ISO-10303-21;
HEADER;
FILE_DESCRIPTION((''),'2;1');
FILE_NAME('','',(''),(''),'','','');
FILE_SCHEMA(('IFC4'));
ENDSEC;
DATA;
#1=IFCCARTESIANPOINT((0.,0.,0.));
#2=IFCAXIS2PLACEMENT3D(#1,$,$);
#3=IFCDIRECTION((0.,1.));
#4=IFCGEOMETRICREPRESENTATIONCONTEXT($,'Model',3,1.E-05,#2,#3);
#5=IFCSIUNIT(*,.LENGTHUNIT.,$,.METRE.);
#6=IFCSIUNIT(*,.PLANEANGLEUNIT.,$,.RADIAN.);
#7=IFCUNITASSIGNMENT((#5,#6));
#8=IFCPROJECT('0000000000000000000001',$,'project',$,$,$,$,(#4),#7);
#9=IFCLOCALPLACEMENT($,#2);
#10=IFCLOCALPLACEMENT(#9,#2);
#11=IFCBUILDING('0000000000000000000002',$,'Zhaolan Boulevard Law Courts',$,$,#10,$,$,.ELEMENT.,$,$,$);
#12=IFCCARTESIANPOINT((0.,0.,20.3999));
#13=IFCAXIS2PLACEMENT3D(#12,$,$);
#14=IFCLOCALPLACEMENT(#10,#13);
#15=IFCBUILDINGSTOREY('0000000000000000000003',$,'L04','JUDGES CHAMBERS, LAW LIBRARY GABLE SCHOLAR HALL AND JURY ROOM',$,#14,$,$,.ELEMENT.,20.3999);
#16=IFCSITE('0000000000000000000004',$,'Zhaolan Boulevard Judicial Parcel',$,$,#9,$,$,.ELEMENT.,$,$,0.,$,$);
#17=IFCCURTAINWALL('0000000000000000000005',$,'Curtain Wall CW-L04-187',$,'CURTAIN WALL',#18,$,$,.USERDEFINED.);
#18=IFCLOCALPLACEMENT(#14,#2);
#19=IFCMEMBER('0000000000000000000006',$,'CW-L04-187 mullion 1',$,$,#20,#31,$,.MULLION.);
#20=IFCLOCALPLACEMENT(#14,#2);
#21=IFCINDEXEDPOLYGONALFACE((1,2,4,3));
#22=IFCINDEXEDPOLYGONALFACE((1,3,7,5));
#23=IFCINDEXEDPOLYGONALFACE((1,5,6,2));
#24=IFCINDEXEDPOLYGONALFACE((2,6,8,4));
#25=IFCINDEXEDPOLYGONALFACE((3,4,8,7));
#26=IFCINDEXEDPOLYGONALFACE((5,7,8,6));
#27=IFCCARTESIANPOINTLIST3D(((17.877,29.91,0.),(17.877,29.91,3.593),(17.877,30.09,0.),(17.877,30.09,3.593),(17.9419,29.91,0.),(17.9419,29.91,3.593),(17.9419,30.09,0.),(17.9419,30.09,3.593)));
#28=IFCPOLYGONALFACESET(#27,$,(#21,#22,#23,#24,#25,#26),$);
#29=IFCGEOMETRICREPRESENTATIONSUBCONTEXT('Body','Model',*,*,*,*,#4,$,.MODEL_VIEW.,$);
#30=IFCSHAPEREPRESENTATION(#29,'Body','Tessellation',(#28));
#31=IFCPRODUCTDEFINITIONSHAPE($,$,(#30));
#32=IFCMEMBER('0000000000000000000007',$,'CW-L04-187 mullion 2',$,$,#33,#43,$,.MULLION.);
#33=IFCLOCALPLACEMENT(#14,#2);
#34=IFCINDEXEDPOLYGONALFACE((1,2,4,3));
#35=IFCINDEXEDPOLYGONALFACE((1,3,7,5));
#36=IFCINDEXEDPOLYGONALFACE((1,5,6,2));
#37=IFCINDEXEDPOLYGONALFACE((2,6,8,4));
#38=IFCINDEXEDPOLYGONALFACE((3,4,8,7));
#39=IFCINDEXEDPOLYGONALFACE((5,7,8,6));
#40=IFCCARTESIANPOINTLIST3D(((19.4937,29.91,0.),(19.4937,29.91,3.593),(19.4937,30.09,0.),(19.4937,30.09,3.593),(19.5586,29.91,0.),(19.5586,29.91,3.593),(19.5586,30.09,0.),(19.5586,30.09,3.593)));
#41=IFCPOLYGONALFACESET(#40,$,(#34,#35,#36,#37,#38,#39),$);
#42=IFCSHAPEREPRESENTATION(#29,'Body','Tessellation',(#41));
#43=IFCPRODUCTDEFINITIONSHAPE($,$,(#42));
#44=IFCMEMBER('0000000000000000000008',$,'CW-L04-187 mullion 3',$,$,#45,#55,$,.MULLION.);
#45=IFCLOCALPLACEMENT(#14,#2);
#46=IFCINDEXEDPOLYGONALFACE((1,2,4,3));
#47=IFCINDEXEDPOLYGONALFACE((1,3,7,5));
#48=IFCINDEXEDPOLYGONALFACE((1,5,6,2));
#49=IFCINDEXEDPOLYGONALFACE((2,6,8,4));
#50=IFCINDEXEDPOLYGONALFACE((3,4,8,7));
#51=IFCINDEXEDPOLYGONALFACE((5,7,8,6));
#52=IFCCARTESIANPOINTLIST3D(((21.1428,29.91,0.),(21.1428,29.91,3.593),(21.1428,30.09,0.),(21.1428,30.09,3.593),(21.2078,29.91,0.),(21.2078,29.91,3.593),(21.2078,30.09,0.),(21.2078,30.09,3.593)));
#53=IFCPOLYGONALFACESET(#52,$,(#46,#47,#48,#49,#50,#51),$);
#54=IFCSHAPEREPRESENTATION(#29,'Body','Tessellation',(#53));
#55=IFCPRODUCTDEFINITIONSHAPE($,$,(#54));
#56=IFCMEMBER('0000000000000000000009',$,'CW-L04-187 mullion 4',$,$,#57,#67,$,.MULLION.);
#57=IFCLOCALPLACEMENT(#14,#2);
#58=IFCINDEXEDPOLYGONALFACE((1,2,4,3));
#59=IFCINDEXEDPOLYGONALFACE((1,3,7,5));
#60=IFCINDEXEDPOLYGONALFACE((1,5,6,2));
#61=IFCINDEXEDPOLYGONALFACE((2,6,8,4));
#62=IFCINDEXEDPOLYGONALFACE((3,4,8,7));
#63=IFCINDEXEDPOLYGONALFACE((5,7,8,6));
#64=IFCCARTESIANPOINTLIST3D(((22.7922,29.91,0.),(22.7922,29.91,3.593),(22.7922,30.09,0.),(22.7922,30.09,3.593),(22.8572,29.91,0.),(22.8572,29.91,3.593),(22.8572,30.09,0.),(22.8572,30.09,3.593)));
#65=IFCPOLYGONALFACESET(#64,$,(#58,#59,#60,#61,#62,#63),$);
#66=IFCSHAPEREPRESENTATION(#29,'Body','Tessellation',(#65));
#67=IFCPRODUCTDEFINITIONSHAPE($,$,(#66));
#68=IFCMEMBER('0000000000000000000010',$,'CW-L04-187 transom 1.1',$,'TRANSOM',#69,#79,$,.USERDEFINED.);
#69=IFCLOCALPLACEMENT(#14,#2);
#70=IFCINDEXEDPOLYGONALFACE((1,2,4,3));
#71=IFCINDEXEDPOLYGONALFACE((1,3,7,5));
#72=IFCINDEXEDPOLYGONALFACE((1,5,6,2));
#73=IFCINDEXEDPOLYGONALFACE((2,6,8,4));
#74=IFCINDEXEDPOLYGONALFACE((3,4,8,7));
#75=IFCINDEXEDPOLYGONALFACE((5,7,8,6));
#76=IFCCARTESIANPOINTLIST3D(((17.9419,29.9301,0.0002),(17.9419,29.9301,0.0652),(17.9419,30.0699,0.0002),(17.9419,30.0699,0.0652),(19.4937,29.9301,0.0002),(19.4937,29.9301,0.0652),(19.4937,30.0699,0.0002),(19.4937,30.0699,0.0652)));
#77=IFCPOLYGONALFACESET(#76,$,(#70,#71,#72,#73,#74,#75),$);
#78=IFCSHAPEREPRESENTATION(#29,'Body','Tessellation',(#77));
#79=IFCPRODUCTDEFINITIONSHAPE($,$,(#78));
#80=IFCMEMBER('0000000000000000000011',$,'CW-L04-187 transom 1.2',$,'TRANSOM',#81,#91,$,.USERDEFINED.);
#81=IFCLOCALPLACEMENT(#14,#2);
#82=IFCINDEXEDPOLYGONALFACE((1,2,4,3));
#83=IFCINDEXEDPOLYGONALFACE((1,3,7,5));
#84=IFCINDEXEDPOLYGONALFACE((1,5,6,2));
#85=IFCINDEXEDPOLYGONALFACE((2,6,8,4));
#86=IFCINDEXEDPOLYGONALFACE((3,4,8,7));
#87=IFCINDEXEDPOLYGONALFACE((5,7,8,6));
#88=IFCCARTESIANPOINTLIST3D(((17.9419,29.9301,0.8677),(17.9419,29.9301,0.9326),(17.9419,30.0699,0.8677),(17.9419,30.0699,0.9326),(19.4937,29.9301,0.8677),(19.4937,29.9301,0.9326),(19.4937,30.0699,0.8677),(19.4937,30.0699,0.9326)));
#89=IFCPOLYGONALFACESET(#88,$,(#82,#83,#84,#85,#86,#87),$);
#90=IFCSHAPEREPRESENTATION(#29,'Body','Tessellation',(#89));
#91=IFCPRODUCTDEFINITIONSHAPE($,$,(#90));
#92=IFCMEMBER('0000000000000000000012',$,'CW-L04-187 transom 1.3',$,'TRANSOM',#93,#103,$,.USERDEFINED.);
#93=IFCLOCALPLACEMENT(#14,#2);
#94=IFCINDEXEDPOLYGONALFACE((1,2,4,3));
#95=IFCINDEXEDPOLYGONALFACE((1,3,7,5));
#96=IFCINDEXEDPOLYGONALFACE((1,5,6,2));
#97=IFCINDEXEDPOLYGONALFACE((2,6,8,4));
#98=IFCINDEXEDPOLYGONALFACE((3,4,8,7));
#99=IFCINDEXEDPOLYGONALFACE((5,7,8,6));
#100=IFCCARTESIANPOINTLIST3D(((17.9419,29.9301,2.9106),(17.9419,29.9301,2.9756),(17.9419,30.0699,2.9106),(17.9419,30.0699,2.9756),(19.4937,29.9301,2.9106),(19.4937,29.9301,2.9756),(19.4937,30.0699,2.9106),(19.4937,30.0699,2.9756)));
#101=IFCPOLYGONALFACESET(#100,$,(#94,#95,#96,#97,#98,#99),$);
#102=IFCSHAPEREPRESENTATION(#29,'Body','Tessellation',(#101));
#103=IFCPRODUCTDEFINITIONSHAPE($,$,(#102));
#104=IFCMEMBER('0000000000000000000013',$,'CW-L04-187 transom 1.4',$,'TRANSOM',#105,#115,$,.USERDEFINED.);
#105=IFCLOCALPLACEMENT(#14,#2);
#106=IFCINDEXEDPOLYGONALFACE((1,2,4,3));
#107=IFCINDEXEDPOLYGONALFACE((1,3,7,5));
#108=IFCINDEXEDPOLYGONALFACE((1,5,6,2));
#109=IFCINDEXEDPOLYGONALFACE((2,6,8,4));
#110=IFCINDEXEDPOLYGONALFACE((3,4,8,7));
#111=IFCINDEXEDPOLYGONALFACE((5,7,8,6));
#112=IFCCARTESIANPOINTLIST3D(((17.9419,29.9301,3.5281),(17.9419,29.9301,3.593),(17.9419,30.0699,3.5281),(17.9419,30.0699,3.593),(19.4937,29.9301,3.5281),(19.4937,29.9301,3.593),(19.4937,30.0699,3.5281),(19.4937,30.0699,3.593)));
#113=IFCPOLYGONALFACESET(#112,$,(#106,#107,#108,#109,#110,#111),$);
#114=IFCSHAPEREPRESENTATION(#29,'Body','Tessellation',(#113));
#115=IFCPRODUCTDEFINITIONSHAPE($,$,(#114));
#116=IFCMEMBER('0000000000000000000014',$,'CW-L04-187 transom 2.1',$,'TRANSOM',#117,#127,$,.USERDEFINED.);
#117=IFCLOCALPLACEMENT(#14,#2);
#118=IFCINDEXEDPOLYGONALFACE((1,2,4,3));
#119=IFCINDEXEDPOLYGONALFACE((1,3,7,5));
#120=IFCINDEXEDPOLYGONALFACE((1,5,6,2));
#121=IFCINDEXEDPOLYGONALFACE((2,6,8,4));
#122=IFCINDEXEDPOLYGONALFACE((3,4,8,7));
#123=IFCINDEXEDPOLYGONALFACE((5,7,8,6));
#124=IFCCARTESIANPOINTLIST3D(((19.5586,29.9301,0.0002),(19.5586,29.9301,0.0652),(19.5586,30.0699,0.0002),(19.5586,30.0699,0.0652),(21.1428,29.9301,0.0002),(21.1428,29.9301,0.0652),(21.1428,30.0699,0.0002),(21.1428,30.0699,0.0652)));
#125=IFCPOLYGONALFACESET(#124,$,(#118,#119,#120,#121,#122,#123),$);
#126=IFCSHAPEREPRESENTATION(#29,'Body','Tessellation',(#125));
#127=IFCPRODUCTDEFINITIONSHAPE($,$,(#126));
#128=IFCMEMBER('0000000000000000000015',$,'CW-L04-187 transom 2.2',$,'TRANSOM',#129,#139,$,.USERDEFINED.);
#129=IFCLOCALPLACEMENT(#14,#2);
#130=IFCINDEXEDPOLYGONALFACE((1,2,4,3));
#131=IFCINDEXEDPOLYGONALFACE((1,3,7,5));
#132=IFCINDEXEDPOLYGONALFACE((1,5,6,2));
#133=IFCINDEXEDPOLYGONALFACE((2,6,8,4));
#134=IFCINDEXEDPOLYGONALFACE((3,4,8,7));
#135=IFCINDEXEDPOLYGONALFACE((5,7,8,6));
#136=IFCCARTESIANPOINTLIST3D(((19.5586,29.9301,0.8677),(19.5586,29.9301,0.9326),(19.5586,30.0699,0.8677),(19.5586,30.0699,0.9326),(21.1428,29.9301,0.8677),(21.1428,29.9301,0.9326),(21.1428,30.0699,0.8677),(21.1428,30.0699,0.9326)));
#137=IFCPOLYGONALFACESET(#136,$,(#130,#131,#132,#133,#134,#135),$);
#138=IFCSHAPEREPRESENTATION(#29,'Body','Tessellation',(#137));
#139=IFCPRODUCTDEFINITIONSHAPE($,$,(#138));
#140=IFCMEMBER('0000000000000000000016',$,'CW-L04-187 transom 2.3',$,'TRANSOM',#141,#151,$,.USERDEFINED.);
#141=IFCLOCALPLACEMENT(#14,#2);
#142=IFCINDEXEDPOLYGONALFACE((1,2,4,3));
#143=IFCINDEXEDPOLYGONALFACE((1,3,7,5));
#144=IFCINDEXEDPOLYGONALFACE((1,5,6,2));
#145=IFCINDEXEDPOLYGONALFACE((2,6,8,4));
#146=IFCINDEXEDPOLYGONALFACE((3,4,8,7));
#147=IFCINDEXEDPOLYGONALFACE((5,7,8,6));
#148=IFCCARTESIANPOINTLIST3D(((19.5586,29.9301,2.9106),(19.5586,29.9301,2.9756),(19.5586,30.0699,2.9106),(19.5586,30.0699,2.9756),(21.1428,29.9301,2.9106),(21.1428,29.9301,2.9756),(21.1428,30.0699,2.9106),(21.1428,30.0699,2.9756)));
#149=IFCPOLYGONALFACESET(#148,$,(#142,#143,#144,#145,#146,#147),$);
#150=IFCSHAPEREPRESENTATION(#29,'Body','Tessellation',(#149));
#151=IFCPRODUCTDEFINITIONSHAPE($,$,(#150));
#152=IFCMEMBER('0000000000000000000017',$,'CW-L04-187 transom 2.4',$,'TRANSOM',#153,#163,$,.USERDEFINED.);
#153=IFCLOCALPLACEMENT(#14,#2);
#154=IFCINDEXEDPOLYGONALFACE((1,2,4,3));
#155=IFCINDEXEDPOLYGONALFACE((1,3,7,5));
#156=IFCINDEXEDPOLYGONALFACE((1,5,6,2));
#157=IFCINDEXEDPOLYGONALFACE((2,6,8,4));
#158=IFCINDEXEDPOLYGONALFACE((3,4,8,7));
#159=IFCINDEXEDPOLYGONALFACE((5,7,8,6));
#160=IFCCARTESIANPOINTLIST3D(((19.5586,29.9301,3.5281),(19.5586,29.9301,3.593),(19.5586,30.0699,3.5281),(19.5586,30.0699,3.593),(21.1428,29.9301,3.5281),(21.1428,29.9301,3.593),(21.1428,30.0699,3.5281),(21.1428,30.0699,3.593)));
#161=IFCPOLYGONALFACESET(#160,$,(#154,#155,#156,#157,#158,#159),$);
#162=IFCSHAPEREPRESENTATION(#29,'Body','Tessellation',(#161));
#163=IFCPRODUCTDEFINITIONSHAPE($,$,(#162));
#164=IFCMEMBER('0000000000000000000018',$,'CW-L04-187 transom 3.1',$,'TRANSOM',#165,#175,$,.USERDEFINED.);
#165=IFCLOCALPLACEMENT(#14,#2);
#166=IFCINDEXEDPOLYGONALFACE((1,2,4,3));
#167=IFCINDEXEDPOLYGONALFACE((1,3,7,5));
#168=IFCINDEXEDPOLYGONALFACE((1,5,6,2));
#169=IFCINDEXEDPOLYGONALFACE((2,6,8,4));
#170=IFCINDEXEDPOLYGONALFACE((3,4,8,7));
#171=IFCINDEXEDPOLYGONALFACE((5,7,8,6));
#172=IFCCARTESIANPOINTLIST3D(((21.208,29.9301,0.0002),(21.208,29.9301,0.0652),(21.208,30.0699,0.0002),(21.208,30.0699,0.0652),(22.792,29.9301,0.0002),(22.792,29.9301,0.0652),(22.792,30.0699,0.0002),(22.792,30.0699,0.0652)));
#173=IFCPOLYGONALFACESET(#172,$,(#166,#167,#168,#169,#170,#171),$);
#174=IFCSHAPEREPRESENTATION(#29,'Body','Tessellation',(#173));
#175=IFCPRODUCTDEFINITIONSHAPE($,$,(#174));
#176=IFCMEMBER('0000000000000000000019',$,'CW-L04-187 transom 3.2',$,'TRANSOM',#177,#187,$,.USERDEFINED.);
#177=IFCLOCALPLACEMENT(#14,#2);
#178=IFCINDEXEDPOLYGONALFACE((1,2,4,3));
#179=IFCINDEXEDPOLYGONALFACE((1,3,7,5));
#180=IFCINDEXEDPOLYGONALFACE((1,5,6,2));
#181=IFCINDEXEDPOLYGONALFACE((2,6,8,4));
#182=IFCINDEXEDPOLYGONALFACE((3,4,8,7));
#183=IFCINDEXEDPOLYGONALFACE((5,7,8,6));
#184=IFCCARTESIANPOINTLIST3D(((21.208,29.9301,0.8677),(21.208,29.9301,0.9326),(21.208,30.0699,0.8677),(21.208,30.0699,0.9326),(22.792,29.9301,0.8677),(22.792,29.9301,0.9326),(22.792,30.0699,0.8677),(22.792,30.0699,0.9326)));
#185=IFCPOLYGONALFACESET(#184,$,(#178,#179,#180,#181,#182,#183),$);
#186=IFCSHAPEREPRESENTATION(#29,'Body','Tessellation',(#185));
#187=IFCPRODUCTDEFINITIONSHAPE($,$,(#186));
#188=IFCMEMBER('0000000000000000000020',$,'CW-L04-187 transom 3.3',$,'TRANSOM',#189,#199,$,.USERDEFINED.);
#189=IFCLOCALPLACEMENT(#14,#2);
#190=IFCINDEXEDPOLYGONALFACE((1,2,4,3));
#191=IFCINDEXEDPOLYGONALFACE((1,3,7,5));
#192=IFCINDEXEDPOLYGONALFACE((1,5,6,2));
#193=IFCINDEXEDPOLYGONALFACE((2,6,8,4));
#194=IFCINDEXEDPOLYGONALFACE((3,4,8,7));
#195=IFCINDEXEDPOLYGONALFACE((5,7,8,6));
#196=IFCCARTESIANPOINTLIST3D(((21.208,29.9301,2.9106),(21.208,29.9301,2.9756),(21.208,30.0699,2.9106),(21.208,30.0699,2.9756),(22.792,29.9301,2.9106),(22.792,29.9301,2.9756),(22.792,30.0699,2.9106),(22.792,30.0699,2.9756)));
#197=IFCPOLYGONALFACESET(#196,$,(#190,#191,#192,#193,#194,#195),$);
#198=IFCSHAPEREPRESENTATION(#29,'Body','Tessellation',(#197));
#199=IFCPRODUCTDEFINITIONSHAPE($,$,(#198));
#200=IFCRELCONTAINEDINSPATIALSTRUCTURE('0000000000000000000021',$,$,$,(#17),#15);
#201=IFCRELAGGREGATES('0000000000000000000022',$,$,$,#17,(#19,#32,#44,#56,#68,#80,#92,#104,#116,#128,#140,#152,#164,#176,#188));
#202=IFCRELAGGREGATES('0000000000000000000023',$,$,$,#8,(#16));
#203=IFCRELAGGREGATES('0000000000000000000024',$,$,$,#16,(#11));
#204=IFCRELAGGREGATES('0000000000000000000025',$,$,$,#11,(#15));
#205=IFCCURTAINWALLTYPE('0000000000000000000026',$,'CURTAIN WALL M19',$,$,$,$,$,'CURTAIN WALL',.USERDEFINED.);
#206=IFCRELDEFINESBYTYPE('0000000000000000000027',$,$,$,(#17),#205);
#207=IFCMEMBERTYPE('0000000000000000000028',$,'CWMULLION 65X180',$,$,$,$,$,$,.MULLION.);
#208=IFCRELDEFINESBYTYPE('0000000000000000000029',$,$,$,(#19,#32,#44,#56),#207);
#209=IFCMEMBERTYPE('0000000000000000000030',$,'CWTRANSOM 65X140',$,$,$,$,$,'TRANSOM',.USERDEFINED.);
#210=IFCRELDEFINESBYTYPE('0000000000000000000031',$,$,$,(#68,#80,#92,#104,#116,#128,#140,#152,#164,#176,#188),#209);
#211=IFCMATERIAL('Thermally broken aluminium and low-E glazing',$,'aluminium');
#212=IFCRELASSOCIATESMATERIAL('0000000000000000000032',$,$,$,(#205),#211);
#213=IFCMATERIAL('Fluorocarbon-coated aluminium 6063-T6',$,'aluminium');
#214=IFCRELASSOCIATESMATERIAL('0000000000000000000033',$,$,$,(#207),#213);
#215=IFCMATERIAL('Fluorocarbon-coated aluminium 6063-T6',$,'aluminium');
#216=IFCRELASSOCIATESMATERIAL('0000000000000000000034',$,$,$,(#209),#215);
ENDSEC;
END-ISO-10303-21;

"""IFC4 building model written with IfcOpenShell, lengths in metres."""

from ifc_helpers import new_model, si_unit, direction, frame, origin, origin_2d, place, context, subcontext, project, spatial, rectangle, extrude, material, material_profile, profile_set, type_object, element, aggregate, save


model = new_model("IFC4")

# Units and contexts
model_context = context("Model", 3, precision=1e-05, world=origin(), true_north=direction((0.0, 1.0)))
body_context = subcontext(model_context, "Body", "Model", "MODEL_VIEW")
ifc_project = project(units=[si_unit("LENGTHUNIT", "METRE"), si_unit("PLANEANGLEUNIT", "RADIAN")], contexts=[model_context])

# Site, building, storey
site_placement = place(None, origin())
site = spatial("IfcSite", under=ifc_project, at=site_placement, Name="Zhaolan Boulevard Judicial Parcel", CompositionType="ELEMENT", RefElevation=0.0)
building_placement = place(site_placement, origin())
building = spatial("IfcBuilding", under=site, at=building_placement, Name="Zhaolan Boulevard Law Courts", CompositionType="ELEMENT")
storey_placement = place(building_placement, frame((0.0, 0.0, 20.3999)))
storey = spatial("IfcBuildingStorey", under=building, at=storey_placement, Name="L04", Description="JUDGES CHAMBERS, LAW LIBRARY GABLE SCHOLAR HALL AND JURY ROOM", CompositionType="ELEMENT", Elevation=20.3999)

# Curtain wall, members
ifc_material_1 = material(Name="Thermally broken aluminium and low-E glazing", Category="aluminium")
curtain_wall_type = type_object("IfcCurtainWallType", Name="CURTAIN WALL M19", ElementType="CURTAIN WALL", PredefinedType="USERDEFINED", material=ifc_material_1)
curtain_wall_placement = place(storey_placement, origin())
curtain_wall = element("IfcCurtainWall", 1, at=curtain_wall_placement, inside=storey, type_object=curtain_wall_type, Name="Curtain Wall CW-L04-187", ObjectType="CURTAIN WALL", PredefinedType="USERDEFINED")
ifc_material_2 = material(Name="Fluorocarbon-coated aluminium 6063-T6", Category="aluminium")
ifc_material_profile_1 = material_profile(ifc_material_2, rectangle(XDim=0.1799, YDim=0.0649, at=origin_2d()), Name="AL65x180")
ifc_profile_set_1 = profile_set([ifc_material_profile_1], Name="Fluorocarbon-coated aluminium 6063-T6")
member_type_1 = type_object("IfcMemberType", Name="CWMULLION 65X180", PredefinedType="MULLION", material=ifc_profile_set_1)
member_1_placement = place(storey_placement, frame((17.9094, 30.0, 0.0), z_axis=(0.0, 0.0, 1.0), x_axis=(0.0, 1.0, 0.0)))
member_1 = element("IfcMember", 2, at=member_1_placement, type_object=member_type_1, Name="CW-L04-187 mullion 1", PredefinedType="MULLION", context=body_context, shape_type="SweptSolid", body=[
    extrude(rectangle(XDim=0.1799, YDim=0.0649, at=origin_2d()), origin(), (0.0, 0.0, 1.0), 3.593),
])
member_2_placement = place(storey_placement, frame((19.5261, 30.0, 0.0), z_axis=(0.0, 0.0, 1.0), x_axis=(0.0, 1.0, 0.0)))
member_2 = element("IfcMember", 3, at=member_2_placement, type_object=member_type_1, Name="CW-L04-187 mullion 2", PredefinedType="MULLION", context=body_context, shape_type="SweptSolid", body=[
    extrude(rectangle(XDim=0.1799, YDim=0.0649, at=origin_2d()), origin(), (0.0, 0.0, 1.0), 3.593),
])
member_3_placement = place(storey_placement, frame((21.1753, 30.0, 0.0), z_axis=(0.0, 0.0, 1.0), x_axis=(0.0, 1.0, 0.0)))
member_3 = element("IfcMember", 4, at=member_3_placement, type_object=member_type_1, Name="CW-L04-187 mullion 3", PredefinedType="MULLION", context=body_context, shape_type="SweptSolid", body=[
    extrude(rectangle(XDim=0.1799, YDim=0.0649, at=origin_2d()), origin(), (0.0, 0.0, 1.0), 3.593),
])
member_4_placement = place(storey_placement, frame((22.8247, 30.0, 0.0), z_axis=(0.0, 0.0, 1.0), x_axis=(0.0, 1.0, 0.0)))
member_4 = element("IfcMember", 5, at=member_4_placement, type_object=member_type_1, Name="CW-L04-187 mullion 4", PredefinedType="MULLION", context=body_context, shape_type="SweptSolid", body=[
    extrude(rectangle(XDim=0.1799, YDim=0.0649, at=origin_2d()), origin(), (0.0, 0.0, 1.0), 3.593),
])
ifc_material_3 = material(Name="Fluorocarbon-coated aluminium 6063-T6", Category="aluminium")
ifc_material_profile_2 = material_profile(ifc_material_3, rectangle(XDim=0.1399, YDim=0.0649, at=origin_2d()), Name="AL65x140")
ifc_profile_set_2 = profile_set([ifc_material_profile_2], Name="Fluorocarbon-coated aluminium 6063-T6")
member_type_2 = type_object("IfcMemberType", Name="CWTRANSOM 65X140", ElementType="TRANSOM", PredefinedType="USERDEFINED", material=ifc_profile_set_2)
member_5_placement = place(storey_placement, frame((17.9419, 30.0, 0.0327), z_axis=(1.0, 0.0, 0.0), x_axis=(0.0, 1.0, 0.0)))
member_5 = element("IfcMember", 6, at=member_5_placement, type_object=member_type_2, Name="CW-L04-187 transom 1.1", ObjectType="TRANSOM", PredefinedType="USERDEFINED", context=body_context, shape_type="SweptSolid", body=[
    extrude(rectangle(XDim=0.1399, YDim=0.0649, at=origin_2d()), origin(), (0.0, 0.0, 1.0), 1.5518),
])
member_6_placement = place(storey_placement, frame((17.9419, 30.0, 0.9001), z_axis=(1.0, 0.0, 0.0), x_axis=(0.0, 1.0, 0.0)))
member_6 = element("IfcMember", 7, at=member_6_placement, type_object=member_type_2, Name="CW-L04-187 transom 1.2", ObjectType="TRANSOM", PredefinedType="USERDEFINED", context=body_context, shape_type="SweptSolid", body=[
    extrude(rectangle(XDim=0.1399, YDim=0.0649, at=origin_2d()), origin(), (0.0, 0.0, 1.0), 1.5518),
])
member_7_placement = place(storey_placement, frame((17.9419, 30.0, 2.9431), z_axis=(1.0, 0.0, 0.0), x_axis=(0.0, 1.0, 0.0)))
member_7 = element("IfcMember", 8, at=member_7_placement, type_object=member_type_2, Name="CW-L04-187 transom 1.3", ObjectType="TRANSOM", PredefinedType="USERDEFINED", context=body_context, shape_type="SweptSolid", body=[
    extrude(rectangle(XDim=0.1399, YDim=0.0649, at=origin_2d()), origin(), (0.0, 0.0, 1.0), 1.5518),
])
member_8_placement = place(storey_placement, frame((17.9419, 30.0, 3.5605), z_axis=(1.0, 0.0, 0.0), x_axis=(0.0, 1.0, 0.0)))
member_8 = element("IfcMember", 9, at=member_8_placement, type_object=member_type_2, Name="CW-L04-187 transom 1.4", ObjectType="TRANSOM", PredefinedType="USERDEFINED", context=body_context, shape_type="SweptSolid", body=[
    extrude(rectangle(XDim=0.1399, YDim=0.0649, at=origin_2d()), origin(), (0.0, 0.0, 1.0), 1.5518),
])
member_9_placement = place(storey_placement, frame((19.5586, 30.0, 0.0327), z_axis=(1.0, 0.0, 0.0), x_axis=(0.0, 1.0, 0.0)))
member_9 = element("IfcMember", 10, at=member_9_placement, type_object=member_type_2, Name="CW-L04-187 transom 2.1", ObjectType="TRANSOM", PredefinedType="USERDEFINED", context=body_context, shape_type="SweptSolid", body=[
    extrude(rectangle(XDim=0.1399, YDim=0.0649, at=origin_2d()), origin(), (0.0, 0.0, 1.0), 1.5842),
])
member_10_placement = place(storey_placement, frame((19.5586, 30.0, 0.9001), z_axis=(1.0, 0.0, 0.0), x_axis=(0.0, 1.0, 0.0)))
member_10 = element("IfcMember", 11, at=member_10_placement, type_object=member_type_2, Name="CW-L04-187 transom 2.2", ObjectType="TRANSOM", PredefinedType="USERDEFINED", context=body_context, shape_type="SweptSolid", body=[
    extrude(rectangle(XDim=0.1399, YDim=0.0649, at=origin_2d()), origin(), (0.0, 0.0, 1.0), 1.5842),
])
member_11_placement = place(storey_placement, frame((19.5586, 30.0, 2.9431), z_axis=(1.0, 0.0, 0.0), x_axis=(0.0, 1.0, 0.0)))
member_11 = element("IfcMember", 12, at=member_11_placement, type_object=member_type_2, Name="CW-L04-187 transom 2.3", ObjectType="TRANSOM", PredefinedType="USERDEFINED", context=body_context, shape_type="SweptSolid", body=[
    extrude(rectangle(XDim=0.1399, YDim=0.0649, at=origin_2d()), origin(), (0.0, 0.0, 1.0), 1.5842),
])
member_12_placement = place(storey_placement, frame((19.5586, 30.0, 3.5605), z_axis=(1.0, 0.0, 0.0), x_axis=(0.0, 1.0, 0.0)))
member_12 = element("IfcMember", 13, at=member_12_placement, type_object=member_type_2, Name="CW-L04-187 transom 2.4", ObjectType="TRANSOM", PredefinedType="USERDEFINED", context=body_context, shape_type="SweptSolid", body=[
    extrude(rectangle(XDim=0.1399, YDim=0.0649, at=origin_2d()), origin(), (0.0, 0.0, 1.0), 1.5842),
])
member_13_placement = place(storey_placement, frame((21.208, 30.0, 0.0327), z_axis=(1.0, 0.0, 0.0), x_axis=(0.0, 1.0, 0.0)))
member_13 = element("IfcMember", 14, at=member_13_placement, type_object=member_type_2, Name="CW-L04-187 transom 3.1", ObjectType="TRANSOM", PredefinedType="USERDEFINED", context=body_context, shape_type="SweptSolid", body=[
    extrude(rectangle(XDim=0.1399, YDim=0.0649, at=origin_2d()), origin(), (0.0, 0.0, 1.0), 1.584),
])
member_14_placement = place(storey_placement, frame((21.208, 30.0, 0.9001), z_axis=(1.0, 0.0, 0.0), x_axis=(0.0, 1.0, 0.0)))
member_14 = element("IfcMember", 15, at=member_14_placement, type_object=member_type_2, Name="CW-L04-187 transom 3.2", ObjectType="TRANSOM", PredefinedType="USERDEFINED", context=body_context, shape_type="SweptSolid", body=[
    extrude(rectangle(XDim=0.1399, YDim=0.0649, at=origin_2d()), origin(), (0.0, 0.0, 1.0), 1.584),
])
member_15_placement = place(storey_placement, frame((21.208, 30.0, 2.9431), z_axis=(1.0, 0.0, 0.0), x_axis=(0.0, 1.0, 0.0)))
member_15 = element("IfcMember", 16, at=member_15_placement, type_object=member_type_2, Name="CW-L04-187 transom 3.3", ObjectType="TRANSOM", PredefinedType="USERDEFINED", context=body_context, shape_type="SweptSolid", body=[
    extrude(rectangle(XDim=0.1399, YDim=0.0649, at=origin_2d()), origin(), (0.0, 0.0, 1.0), 1.584),
])

aggregate(curtain_wall, [member_1, member_2, member_3, member_4, member_5, member_6, member_7, member_8, member_9, member_10, member_11, member_12, member_13, member_14, member_15])

save(model, "model.ifc")
